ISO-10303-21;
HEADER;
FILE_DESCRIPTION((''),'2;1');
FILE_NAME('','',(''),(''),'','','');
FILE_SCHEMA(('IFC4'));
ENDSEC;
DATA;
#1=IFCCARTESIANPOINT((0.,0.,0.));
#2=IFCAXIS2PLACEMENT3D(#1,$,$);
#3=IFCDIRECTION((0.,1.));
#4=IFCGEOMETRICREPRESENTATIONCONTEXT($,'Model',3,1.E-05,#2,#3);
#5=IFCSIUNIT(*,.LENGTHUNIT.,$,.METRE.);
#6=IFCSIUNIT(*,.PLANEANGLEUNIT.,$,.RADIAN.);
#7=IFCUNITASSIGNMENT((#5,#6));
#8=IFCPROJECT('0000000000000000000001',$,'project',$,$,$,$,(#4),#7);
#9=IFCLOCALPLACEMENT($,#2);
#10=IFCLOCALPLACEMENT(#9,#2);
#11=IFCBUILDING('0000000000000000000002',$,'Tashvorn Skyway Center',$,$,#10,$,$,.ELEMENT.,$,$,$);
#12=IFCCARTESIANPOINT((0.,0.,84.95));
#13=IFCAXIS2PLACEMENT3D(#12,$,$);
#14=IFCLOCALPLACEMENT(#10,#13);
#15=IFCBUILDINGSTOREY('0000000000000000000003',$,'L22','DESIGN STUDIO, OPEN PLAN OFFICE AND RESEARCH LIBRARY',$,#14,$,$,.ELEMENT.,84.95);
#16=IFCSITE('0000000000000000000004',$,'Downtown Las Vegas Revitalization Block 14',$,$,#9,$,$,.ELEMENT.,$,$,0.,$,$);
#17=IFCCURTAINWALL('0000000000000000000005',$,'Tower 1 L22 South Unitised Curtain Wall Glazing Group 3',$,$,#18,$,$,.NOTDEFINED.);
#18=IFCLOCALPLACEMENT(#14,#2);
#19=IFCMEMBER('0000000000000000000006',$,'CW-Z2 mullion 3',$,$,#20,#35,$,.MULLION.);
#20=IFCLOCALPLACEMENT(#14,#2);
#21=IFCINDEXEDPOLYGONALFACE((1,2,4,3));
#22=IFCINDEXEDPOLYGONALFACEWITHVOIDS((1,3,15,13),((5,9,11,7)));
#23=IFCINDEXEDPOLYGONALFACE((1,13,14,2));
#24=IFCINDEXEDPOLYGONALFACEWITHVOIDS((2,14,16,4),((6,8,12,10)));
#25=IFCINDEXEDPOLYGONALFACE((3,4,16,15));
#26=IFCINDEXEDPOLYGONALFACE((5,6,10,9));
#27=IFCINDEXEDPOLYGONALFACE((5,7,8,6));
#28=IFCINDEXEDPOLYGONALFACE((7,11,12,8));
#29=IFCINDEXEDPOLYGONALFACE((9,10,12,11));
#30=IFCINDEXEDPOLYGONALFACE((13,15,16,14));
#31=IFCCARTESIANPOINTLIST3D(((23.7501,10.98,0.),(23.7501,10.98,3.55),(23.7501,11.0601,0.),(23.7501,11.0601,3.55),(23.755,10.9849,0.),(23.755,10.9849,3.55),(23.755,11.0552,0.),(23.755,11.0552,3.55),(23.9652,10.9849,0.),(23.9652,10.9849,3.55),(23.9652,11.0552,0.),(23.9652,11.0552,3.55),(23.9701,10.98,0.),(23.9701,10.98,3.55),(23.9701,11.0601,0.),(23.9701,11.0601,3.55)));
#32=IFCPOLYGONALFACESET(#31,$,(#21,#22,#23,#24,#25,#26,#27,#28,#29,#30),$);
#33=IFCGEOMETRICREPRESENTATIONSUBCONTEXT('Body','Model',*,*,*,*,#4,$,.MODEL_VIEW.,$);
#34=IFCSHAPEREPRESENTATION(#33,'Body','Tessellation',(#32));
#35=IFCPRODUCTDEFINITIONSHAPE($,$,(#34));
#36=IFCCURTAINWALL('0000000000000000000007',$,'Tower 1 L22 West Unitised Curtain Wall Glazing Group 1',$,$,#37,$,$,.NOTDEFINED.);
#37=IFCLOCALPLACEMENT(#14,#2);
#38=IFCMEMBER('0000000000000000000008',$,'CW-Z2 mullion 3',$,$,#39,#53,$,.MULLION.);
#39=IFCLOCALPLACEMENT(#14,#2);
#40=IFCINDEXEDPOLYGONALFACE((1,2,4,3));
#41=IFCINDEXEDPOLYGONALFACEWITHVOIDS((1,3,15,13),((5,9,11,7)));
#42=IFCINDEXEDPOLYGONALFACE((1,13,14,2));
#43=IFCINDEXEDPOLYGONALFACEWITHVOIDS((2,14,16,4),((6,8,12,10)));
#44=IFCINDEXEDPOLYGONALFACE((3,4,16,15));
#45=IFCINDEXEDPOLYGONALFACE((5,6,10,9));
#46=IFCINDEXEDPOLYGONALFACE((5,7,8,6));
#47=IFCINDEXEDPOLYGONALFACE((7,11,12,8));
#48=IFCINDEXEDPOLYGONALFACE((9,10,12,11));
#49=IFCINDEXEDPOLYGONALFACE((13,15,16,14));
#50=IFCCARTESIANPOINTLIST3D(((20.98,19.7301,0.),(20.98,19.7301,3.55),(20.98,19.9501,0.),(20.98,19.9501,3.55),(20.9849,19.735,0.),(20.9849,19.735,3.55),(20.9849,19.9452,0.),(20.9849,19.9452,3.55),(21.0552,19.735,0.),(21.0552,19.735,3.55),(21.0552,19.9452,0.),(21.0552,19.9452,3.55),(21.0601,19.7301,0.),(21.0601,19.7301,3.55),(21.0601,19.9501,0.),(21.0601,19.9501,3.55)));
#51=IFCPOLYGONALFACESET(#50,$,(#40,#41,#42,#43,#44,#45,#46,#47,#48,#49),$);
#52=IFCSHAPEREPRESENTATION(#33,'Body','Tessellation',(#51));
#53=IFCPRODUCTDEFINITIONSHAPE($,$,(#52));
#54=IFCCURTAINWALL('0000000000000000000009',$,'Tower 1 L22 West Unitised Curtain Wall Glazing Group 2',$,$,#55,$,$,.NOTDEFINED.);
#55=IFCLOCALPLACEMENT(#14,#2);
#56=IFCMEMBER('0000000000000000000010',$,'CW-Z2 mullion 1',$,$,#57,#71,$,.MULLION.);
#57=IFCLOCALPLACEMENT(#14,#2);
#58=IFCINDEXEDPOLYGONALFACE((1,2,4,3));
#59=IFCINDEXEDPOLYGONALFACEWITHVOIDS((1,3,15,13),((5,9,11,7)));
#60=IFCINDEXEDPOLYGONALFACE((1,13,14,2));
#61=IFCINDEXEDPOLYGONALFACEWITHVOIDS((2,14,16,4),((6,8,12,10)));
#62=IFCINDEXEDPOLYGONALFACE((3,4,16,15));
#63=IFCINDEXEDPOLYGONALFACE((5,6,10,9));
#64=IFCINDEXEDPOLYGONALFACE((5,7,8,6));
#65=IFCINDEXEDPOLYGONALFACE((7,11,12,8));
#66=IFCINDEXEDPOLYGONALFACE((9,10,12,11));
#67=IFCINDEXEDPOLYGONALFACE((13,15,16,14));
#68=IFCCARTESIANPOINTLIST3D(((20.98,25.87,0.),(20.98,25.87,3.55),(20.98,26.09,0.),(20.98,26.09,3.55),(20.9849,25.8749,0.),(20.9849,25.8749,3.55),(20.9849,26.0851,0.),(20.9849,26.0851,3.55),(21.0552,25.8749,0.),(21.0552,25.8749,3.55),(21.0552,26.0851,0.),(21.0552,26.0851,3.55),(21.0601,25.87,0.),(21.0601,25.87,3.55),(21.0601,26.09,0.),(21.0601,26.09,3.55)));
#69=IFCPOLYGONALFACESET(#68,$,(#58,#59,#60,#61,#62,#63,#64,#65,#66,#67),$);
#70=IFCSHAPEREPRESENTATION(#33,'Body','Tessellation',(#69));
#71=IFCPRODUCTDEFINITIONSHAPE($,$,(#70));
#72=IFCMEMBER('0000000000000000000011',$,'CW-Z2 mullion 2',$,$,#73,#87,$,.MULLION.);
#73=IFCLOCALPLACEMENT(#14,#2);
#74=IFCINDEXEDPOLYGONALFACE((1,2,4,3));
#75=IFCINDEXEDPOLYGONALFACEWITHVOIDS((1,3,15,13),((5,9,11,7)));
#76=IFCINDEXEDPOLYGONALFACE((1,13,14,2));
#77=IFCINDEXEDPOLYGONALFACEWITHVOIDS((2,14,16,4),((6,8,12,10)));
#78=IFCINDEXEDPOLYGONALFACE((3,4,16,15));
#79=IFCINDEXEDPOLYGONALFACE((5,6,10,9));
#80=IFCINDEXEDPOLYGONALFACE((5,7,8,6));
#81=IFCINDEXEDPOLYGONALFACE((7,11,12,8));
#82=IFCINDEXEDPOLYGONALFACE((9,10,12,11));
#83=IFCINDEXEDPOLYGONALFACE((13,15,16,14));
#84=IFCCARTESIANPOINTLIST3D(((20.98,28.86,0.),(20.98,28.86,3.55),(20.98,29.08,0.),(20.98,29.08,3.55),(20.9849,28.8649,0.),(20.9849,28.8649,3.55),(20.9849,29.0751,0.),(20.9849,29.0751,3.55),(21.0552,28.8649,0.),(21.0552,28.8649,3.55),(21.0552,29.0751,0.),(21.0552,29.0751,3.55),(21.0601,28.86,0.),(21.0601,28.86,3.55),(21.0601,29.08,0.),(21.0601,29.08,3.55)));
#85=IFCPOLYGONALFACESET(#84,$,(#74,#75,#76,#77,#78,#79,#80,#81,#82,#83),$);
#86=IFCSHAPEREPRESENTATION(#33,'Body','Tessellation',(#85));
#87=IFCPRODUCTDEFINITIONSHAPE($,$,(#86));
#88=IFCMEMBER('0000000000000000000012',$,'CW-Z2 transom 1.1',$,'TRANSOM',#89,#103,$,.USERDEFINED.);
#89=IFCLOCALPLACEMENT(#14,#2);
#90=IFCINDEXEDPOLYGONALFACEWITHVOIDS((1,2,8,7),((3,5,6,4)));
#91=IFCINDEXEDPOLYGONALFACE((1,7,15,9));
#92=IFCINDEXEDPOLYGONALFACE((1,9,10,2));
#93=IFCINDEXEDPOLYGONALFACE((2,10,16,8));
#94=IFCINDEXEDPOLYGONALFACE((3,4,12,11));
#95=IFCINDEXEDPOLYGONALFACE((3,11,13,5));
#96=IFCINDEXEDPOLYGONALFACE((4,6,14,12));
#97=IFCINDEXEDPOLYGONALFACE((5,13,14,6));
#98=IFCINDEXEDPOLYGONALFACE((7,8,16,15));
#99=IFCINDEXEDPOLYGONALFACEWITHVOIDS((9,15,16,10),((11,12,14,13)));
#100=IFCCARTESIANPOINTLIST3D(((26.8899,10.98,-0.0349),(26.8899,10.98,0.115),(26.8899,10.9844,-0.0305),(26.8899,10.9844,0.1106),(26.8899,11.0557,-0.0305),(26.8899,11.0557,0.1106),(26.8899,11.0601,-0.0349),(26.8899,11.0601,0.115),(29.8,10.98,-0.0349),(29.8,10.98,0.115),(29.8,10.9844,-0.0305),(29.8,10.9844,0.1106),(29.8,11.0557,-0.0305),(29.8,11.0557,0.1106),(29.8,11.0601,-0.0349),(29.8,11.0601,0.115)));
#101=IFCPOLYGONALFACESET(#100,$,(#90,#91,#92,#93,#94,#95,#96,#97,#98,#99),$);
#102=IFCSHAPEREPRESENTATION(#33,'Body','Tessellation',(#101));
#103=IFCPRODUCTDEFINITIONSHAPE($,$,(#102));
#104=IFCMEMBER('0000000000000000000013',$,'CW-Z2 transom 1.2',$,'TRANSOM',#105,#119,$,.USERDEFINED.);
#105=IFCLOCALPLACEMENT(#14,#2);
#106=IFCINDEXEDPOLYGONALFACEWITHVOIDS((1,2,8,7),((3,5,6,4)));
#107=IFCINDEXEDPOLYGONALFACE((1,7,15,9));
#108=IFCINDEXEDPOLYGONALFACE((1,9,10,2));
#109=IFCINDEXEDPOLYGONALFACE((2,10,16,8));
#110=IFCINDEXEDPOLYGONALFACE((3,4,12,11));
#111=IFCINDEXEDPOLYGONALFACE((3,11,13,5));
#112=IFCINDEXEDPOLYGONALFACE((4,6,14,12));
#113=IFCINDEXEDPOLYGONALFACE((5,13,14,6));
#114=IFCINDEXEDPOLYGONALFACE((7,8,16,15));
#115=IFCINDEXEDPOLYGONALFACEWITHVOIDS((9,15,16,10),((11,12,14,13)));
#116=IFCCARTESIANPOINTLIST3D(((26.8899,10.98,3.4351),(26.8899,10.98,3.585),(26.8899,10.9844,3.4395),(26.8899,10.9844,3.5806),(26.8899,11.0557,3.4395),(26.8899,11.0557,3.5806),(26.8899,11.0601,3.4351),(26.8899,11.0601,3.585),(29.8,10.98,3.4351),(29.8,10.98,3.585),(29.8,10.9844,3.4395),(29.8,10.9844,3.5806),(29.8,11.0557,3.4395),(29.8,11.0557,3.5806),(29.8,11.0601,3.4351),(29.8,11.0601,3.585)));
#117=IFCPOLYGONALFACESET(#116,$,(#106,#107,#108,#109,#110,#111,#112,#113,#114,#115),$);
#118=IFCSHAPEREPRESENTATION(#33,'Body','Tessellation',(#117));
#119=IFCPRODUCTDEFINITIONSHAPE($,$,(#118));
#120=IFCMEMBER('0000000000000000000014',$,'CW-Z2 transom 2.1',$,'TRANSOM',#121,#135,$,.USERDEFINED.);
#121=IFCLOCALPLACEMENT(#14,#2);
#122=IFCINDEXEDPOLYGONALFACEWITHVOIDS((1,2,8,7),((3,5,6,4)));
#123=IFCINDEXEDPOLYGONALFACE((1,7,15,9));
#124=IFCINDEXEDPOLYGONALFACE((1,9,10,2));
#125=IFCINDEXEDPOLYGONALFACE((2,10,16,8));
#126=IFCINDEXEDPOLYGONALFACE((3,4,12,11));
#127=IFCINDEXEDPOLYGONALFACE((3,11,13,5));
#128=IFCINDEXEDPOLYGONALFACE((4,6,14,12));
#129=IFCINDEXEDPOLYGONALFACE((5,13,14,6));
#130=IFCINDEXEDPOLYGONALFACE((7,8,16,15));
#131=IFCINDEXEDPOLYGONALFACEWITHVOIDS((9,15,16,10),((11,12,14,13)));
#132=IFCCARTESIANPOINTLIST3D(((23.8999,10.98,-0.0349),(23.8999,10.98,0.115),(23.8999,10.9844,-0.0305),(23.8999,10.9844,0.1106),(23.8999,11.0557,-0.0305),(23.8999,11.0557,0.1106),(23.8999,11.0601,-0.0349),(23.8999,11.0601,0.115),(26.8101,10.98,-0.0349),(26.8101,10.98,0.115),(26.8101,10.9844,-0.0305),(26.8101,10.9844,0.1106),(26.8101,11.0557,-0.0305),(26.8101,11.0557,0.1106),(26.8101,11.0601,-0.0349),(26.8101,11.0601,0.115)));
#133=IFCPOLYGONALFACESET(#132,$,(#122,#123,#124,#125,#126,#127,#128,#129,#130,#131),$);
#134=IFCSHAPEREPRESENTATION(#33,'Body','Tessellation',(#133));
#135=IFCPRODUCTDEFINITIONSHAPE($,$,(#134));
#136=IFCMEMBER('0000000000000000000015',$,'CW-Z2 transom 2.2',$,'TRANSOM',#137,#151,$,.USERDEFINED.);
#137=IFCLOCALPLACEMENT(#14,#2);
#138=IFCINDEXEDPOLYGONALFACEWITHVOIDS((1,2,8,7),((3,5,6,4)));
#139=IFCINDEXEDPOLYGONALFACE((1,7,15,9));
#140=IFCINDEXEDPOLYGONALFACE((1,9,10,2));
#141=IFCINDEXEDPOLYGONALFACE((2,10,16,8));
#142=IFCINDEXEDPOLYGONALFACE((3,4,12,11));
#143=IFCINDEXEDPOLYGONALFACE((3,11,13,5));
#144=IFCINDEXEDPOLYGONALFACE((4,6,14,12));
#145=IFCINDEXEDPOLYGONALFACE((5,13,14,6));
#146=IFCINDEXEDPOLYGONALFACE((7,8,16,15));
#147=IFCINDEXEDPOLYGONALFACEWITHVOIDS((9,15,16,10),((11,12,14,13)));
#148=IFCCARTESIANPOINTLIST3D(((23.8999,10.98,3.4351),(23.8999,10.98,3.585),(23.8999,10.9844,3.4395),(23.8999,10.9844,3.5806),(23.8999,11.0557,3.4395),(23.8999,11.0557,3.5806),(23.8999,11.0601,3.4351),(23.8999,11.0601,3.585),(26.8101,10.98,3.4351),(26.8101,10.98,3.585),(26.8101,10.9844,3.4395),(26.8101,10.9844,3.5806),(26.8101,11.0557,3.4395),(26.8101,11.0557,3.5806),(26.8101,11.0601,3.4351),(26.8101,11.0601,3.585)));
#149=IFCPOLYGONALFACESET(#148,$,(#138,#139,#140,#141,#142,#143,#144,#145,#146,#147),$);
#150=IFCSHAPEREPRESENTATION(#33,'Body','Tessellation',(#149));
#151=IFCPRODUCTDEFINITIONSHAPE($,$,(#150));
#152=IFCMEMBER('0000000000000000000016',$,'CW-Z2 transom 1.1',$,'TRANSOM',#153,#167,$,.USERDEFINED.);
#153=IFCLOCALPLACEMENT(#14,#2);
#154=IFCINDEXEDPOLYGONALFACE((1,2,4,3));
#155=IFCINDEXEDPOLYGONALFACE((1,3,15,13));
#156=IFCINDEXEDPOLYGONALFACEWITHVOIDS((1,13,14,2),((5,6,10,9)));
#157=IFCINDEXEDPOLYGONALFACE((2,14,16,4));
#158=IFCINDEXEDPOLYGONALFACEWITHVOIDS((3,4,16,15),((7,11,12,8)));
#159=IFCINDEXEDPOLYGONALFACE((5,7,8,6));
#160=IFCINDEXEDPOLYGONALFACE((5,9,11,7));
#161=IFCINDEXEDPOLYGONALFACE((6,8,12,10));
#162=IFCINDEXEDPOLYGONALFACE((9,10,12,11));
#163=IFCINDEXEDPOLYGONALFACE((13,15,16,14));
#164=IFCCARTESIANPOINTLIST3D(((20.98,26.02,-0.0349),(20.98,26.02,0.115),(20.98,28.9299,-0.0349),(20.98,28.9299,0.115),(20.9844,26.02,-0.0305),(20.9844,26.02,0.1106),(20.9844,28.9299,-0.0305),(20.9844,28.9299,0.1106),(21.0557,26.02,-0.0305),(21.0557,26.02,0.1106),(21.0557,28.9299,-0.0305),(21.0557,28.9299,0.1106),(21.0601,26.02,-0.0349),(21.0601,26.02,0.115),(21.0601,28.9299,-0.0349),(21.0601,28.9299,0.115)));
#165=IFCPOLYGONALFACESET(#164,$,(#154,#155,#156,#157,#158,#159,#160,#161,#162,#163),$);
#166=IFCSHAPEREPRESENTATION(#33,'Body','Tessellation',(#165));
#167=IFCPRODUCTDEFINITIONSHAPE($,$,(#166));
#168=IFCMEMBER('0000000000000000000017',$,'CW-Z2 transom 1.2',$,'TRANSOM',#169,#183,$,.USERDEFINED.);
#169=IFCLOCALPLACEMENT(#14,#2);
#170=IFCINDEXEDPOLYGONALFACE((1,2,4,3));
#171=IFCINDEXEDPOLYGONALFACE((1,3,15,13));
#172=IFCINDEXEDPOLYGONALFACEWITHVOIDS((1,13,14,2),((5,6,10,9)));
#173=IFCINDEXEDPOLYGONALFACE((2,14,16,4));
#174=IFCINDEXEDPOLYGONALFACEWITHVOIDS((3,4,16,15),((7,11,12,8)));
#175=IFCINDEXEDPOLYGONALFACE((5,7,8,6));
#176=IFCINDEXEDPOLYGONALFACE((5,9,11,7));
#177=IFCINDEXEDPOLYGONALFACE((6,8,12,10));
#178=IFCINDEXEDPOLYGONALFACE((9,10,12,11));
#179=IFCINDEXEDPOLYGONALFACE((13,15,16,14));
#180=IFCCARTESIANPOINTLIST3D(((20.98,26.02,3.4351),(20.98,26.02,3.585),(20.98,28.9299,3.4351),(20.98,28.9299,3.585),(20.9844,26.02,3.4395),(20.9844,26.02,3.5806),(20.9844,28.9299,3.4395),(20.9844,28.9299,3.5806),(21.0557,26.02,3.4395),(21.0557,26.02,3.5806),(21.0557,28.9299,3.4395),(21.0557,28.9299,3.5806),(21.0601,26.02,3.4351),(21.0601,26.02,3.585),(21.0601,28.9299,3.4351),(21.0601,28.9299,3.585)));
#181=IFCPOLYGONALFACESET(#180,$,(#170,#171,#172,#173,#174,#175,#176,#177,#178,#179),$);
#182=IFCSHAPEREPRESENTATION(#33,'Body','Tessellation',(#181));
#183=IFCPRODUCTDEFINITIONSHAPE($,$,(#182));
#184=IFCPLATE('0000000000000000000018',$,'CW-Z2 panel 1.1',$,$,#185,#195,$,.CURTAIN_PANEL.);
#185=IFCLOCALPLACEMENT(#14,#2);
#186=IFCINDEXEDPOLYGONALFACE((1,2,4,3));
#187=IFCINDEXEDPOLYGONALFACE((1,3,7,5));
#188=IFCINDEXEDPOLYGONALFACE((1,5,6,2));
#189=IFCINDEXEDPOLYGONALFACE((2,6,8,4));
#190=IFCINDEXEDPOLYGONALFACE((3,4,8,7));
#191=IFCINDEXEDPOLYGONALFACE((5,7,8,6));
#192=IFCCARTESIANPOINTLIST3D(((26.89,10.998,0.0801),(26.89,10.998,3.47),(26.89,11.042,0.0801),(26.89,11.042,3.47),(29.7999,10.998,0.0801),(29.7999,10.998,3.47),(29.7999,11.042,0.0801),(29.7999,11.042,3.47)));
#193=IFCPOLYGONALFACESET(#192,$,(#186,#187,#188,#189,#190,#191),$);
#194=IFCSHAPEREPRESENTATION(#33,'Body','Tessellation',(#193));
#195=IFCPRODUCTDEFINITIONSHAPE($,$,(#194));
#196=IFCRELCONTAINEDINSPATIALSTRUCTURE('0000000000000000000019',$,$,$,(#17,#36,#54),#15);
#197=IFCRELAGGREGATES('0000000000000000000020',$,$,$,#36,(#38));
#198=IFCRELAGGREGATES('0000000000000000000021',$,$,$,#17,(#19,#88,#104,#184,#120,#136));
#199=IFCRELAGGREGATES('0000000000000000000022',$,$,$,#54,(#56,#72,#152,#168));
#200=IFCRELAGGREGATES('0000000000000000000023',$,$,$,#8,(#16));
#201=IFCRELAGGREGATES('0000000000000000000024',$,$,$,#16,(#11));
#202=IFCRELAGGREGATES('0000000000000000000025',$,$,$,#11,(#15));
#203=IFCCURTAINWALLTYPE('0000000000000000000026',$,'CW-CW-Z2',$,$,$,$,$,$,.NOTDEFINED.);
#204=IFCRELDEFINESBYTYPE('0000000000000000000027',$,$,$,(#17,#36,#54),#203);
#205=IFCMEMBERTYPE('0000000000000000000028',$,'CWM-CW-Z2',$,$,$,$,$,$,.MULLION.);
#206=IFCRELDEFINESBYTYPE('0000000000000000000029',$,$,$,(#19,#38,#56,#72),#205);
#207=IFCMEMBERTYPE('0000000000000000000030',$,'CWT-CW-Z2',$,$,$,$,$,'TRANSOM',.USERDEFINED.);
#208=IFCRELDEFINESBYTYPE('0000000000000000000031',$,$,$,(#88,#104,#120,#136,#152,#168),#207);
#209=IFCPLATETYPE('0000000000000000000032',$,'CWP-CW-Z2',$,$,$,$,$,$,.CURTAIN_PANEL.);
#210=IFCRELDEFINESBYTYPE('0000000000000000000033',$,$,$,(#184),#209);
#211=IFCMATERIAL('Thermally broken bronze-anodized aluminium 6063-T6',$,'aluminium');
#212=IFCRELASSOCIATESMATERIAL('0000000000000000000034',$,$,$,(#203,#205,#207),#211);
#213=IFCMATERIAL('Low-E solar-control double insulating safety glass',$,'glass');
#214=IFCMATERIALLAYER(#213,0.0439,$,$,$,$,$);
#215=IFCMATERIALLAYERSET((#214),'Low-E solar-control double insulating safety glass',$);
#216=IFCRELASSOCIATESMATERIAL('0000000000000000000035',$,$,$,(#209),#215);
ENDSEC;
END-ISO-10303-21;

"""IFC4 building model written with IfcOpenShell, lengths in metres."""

from ifc_helpers import new_model, si_unit, direction, frame, origin, origin_2d, place, context, subcontext, project, spatial, rectangle, hollow_rectangle, extrude, material, layer, layer_set, material_profile, profile_set, type_object, element, aggregate, save


model = new_model("IFC4")

# Units and contexts
model_context = context("Model", 3, precision=1e-05, world=origin(), true_north=direction((0.0, 1.0)))
body_context = subcontext(model_context, "Body", "Model", "MODEL_VIEW")
ifc_project = project(units=[si_unit("LENGTHUNIT", "METRE"), si_unit("PLANEANGLEUNIT", "RADIAN")], contexts=[model_context])

# Site, building, storey
site_placement = place(None, origin())
site = spatial("IfcSite", under=ifc_project, at=site_placement, Name="Downtown Las Vegas Revitalization Block 14", CompositionType="ELEMENT", RefElevation=0.0)
building_placement = place(site_placement, origin())
building = spatial("IfcBuilding", under=site, at=building_placement, Name="Tashvorn Skyway Center", CompositionType="ELEMENT")
storey_placement = place(building_placement, frame((0.0, 0.0, 84.95)))
storey = spatial("IfcBuildingStorey", under=building, at=storey_placement, Name="L22", Description="DESIGN STUDIO, OPEN PLAN OFFICE AND RESEARCH LIBRARY", CompositionType="ELEMENT", Elevation=84.95)

# Curtain wall, member
ifc_material_1 = material(Name="Thermally broken bronze-anodized aluminium 6063-T6", Category="aluminium")
curtain_wall_type = type_object("IfcCurtainWallType", Name="CW-CW-Z2", PredefinedType="NOTDEFINED", material=ifc_material_1)
curtain_wall_1_placement = place(storey_placement, origin())
curtain_wall_1 = element("IfcCurtainWall", 1, at=curtain_wall_1_placement, inside=storey, type_object=curtain_wall_type, Name="Tower 1 L22 South Unitised Curtain Wall Glazing Group 3", PredefinedType="NOTDEFINED")
ifc_material_profile_1 = material_profile(ifc_material_1, hollow_rectangle(XDim=0.0801, YDim=0.22, WallThickness=0.0049, at=origin_2d()), Name="ALU-MULL-80x220")
ifc_profile_set_1 = profile_set([ifc_material_profile_1], Name="Thermally broken bronze-anodized aluminium 6063-T6")
member_type_1 = type_object("IfcMemberType", Name="CWM-CW-Z2", PredefinedType="MULLION", material=ifc_profile_set_1)
member_1_placement = place(storey_placement, frame((23.8601, 11.02, 0.0), z_axis=(0.0, 0.0, 1.0), x_axis=(0.0, -1.0, 0.0)))
member_1 = element("IfcMember", 2, at=member_1_placement, type_object=member_type_1, Name="CW-Z2 mullion 3", PredefinedType="MULLION", context=body_context, shape_type="SweptSolid", body=[
    extrude(hollow_rectangle(XDim=0.0801, YDim=0.22, WallThickness=0.0049, at=origin_2d()), origin(), (0.0, 0.0, 1.0), 3.55),
])

# Curtain wall, member
curtain_wall_2_placement = place(storey_placement, origin())
curtain_wall_2 = element("IfcCurtainWall", 3, at=curtain_wall_2_placement, inside=storey, type_object=curtain_wall_type, Name="Tower 1 L22 West Unitised Curtain Wall Glazing Group 1", PredefinedType="NOTDEFINED")
member_2_placement = place(storey_placement, frame((21.02, 19.8401, 0.0), z_axis=(0.0, 0.0, 1.0), x_axis=(-1.0, 0.0, 0.0)))
member_2 = element("IfcMember", 4, at=member_2_placement, type_object=member_type_1, Name="CW-Z2 mullion 3", PredefinedType="MULLION", context=body_context, shape_type="SweptSolid", body=[
    extrude(hollow_rectangle(XDim=0.0801, YDim=0.22, WallThickness=0.0049, at=origin_2d()), origin(), (0.0, 0.0, 1.0), 3.55),
])
aggregate(curtain_wall_2, [member_2])

# Curtain wall, members
curtain_wall_3_placement = place(storey_placement, origin())
curtain_wall_3 = element("IfcCurtainWall", 5, at=curtain_wall_3_placement, inside=storey, type_object=curtain_wall_type, Name="Tower 1 L22 West Unitised Curtain Wall Glazing Group 2", PredefinedType="NOTDEFINED")
member_3_placement = place(storey_placement, frame((21.02, 25.98, 0.0), z_axis=(0.0, 0.0, 1.0), x_axis=(-1.0, 0.0, 0.0)))
member_3 = element("IfcMember", 6, at=member_3_placement, type_object=member_type_1, Name="CW-Z2 mullion 1", PredefinedType="MULLION", context=body_context, shape_type="SweptSolid", body=[
    extrude(hollow_rectangle(XDim=0.0801, YDim=0.22, WallThickness=0.0049, at=origin_2d()), origin(), (0.0, 0.0, 1.0), 3.55),
])
member_4_placement = place(storey_placement, frame((21.02, 28.97, 0.0), z_axis=(0.0, 0.0, 1.0), x_axis=(-1.0, 0.0, 0.0)))
member_4 = element("IfcMember", 7, at=member_4_placement, type_object=member_type_1, Name="CW-Z2 mullion 2", PredefinedType="MULLION", context=body_context, shape_type="SweptSolid", body=[
    extrude(hollow_rectangle(XDim=0.0801, YDim=0.22, WallThickness=0.0049, at=origin_2d()), origin(), (0.0, 0.0, 1.0), 3.55),
])

# Members
ifc_material_profile_2 = material_profile(ifc_material_1, hollow_rectangle(XDim=0.0801, YDim=0.1499, WallThickness=0.0044, at=origin_2d()), Name="ALU-TRAN-80x150")
ifc_profile_set_2 = profile_set([ifc_material_profile_2], Name="Thermally broken bronze-anodized aluminium 6063-T6")
member_type_2 = type_object("IfcMemberType", Name="CWT-CW-Z2", ElementType="TRANSOM", PredefinedType="USERDEFINED", material=ifc_profile_set_2)
member_5_placement = place(storey_placement, frame((29.8, 11.02, 0.04), z_axis=(-1.0, 0.0, 0.0), x_axis=(0.0, -1.0, 0.0)))
member_5 = element("IfcMember", 8, at=member_5_placement, type_object=member_type_2, Name="CW-Z2 transom 1.1", ObjectType="TRANSOM", PredefinedType="USERDEFINED", context=body_context, shape_type="SweptSolid", body=[
    extrude(hollow_rectangle(XDim=0.0801, YDim=0.1499, WallThickness=0.0044, at=origin_2d()), origin(), (0.0, 0.0, 1.0), 2.9102),
])
member_6_placement = place(storey_placement, frame((29.8, 11.02, 3.51), z_axis=(-1.0, 0.0, 0.0), x_axis=(0.0, -1.0, 0.0)))
member_6 = element("IfcMember", 9, at=member_6_placement, type_object=member_type_2, Name="CW-Z2 transom 1.2", ObjectType="TRANSOM", PredefinedType="USERDEFINED", context=body_context, shape_type="SweptSolid", body=[
    extrude(hollow_rectangle(XDim=0.0801, YDim=0.1499, WallThickness=0.0044, at=origin_2d()), origin(), (0.0, 0.0, 1.0), 2.9102),
])
member_7_placement = place(storey_placement, frame((26.8101, 11.02, 0.04), z_axis=(-1.0, 0.0, 0.0), x_axis=(0.0, -1.0, 0.0)))
member_7 = element("IfcMember", 10, at=member_7_placement, type_object=member_type_2, Name="CW-Z2 transom 2.1", ObjectType="TRANSOM", PredefinedType="USERDEFINED", context=body_context, shape_type="SweptSolid", body=[
    extrude(hollow_rectangle(XDim=0.0801, YDim=0.1499, WallThickness=0.0044, at=origin_2d()), origin(), (0.0, 0.0, 1.0), 2.9102),
])
member_8_placement = place(storey_placement, frame((26.8101, 11.02, 3.51), z_axis=(-1.0, 0.0, 0.0), x_axis=(0.0, -1.0, 0.0)))
member_8 = element("IfcMember", 11, at=member_8_placement, type_object=member_type_2, Name="CW-Z2 transom 2.2", ObjectType="TRANSOM", PredefinedType="USERDEFINED", context=body_context, shape_type="SweptSolid", body=[
    extrude(hollow_rectangle(XDim=0.0801, YDim=0.1499, WallThickness=0.0044, at=origin_2d()), origin(), (0.0, 0.0, 1.0), 2.9102),
])
member_9_placement = place(storey_placement, frame((21.02, 26.02, 0.04), z_axis=(0.0, 1.0, 0.0), x_axis=(-1.0, 0.0, 0.0)))
member_9 = element("IfcMember", 12, at=member_9_placement, type_object=member_type_2, Name="CW-Z2 transom 1.1", ObjectType="TRANSOM", PredefinedType="USERDEFINED", context=body_context, shape_type="SweptSolid", body=[
    extrude(hollow_rectangle(XDim=0.0801, YDim=0.1499, WallThickness=0.0044, at=origin_2d()), origin(), (0.0, 0.0, 1.0), 2.9099),
])
member_10_placement = place(storey_placement, frame((21.02, 26.02, 3.51), z_axis=(0.0, 1.0, 0.0), x_axis=(-1.0, 0.0, 0.0)))
member_10 = element("IfcMember", 13, at=member_10_placement, type_object=member_type_2, Name="CW-Z2 transom 1.2", ObjectType="TRANSOM", PredefinedType="USERDEFINED", context=body_context, shape_type="SweptSolid", body=[
    extrude(hollow_rectangle(XDim=0.0801, YDim=0.1499, WallThickness=0.0044, at=origin_2d()), origin(), (0.0, 0.0, 1.0), 2.9099),
])

# Plate
ifc_material_2 = material(Name="Low-E solar-control double insulating safety glass", Category="glass")
ifc_layer_1 = layer(ifc_material_2, 0.0439)
ifc_layer_set_1 = layer_set([ifc_layer_1], Name="Low-E solar-control double insulating safety glass")
plate_type = type_object("IfcPlateType", Name="CWP-CW-Z2", PredefinedType="CURTAIN_PANEL", material=ifc_layer_set_1)
plate_1_placement = place(storey_placement, frame((28.345, 11.02, 0.0801), z_axis=(0.0, 0.0, 1.0), x_axis=(-1.0, 0.0, 0.0)))
plate_1 = element("IfcPlate", 14, at=plate_1_placement, type_object=plate_type, Name="CW-Z2 panel 1.1", PredefinedType="CURTAIN_PANEL", context=body_context, shape_type="SweptSolid", body=[
    extrude(rectangle(XDim=2.9099, YDim=0.0439, at=origin_2d()), origin(), (0.0, 0.0, 1.0), 3.3899),
])
aggregate(curtain_wall_1, [member_1, member_5, member_6, plate_1, member_7, member_8])
aggregate(curtain_wall_3, [member_3, member_4, member_9, member_10])

save(model, "model.ifc")
